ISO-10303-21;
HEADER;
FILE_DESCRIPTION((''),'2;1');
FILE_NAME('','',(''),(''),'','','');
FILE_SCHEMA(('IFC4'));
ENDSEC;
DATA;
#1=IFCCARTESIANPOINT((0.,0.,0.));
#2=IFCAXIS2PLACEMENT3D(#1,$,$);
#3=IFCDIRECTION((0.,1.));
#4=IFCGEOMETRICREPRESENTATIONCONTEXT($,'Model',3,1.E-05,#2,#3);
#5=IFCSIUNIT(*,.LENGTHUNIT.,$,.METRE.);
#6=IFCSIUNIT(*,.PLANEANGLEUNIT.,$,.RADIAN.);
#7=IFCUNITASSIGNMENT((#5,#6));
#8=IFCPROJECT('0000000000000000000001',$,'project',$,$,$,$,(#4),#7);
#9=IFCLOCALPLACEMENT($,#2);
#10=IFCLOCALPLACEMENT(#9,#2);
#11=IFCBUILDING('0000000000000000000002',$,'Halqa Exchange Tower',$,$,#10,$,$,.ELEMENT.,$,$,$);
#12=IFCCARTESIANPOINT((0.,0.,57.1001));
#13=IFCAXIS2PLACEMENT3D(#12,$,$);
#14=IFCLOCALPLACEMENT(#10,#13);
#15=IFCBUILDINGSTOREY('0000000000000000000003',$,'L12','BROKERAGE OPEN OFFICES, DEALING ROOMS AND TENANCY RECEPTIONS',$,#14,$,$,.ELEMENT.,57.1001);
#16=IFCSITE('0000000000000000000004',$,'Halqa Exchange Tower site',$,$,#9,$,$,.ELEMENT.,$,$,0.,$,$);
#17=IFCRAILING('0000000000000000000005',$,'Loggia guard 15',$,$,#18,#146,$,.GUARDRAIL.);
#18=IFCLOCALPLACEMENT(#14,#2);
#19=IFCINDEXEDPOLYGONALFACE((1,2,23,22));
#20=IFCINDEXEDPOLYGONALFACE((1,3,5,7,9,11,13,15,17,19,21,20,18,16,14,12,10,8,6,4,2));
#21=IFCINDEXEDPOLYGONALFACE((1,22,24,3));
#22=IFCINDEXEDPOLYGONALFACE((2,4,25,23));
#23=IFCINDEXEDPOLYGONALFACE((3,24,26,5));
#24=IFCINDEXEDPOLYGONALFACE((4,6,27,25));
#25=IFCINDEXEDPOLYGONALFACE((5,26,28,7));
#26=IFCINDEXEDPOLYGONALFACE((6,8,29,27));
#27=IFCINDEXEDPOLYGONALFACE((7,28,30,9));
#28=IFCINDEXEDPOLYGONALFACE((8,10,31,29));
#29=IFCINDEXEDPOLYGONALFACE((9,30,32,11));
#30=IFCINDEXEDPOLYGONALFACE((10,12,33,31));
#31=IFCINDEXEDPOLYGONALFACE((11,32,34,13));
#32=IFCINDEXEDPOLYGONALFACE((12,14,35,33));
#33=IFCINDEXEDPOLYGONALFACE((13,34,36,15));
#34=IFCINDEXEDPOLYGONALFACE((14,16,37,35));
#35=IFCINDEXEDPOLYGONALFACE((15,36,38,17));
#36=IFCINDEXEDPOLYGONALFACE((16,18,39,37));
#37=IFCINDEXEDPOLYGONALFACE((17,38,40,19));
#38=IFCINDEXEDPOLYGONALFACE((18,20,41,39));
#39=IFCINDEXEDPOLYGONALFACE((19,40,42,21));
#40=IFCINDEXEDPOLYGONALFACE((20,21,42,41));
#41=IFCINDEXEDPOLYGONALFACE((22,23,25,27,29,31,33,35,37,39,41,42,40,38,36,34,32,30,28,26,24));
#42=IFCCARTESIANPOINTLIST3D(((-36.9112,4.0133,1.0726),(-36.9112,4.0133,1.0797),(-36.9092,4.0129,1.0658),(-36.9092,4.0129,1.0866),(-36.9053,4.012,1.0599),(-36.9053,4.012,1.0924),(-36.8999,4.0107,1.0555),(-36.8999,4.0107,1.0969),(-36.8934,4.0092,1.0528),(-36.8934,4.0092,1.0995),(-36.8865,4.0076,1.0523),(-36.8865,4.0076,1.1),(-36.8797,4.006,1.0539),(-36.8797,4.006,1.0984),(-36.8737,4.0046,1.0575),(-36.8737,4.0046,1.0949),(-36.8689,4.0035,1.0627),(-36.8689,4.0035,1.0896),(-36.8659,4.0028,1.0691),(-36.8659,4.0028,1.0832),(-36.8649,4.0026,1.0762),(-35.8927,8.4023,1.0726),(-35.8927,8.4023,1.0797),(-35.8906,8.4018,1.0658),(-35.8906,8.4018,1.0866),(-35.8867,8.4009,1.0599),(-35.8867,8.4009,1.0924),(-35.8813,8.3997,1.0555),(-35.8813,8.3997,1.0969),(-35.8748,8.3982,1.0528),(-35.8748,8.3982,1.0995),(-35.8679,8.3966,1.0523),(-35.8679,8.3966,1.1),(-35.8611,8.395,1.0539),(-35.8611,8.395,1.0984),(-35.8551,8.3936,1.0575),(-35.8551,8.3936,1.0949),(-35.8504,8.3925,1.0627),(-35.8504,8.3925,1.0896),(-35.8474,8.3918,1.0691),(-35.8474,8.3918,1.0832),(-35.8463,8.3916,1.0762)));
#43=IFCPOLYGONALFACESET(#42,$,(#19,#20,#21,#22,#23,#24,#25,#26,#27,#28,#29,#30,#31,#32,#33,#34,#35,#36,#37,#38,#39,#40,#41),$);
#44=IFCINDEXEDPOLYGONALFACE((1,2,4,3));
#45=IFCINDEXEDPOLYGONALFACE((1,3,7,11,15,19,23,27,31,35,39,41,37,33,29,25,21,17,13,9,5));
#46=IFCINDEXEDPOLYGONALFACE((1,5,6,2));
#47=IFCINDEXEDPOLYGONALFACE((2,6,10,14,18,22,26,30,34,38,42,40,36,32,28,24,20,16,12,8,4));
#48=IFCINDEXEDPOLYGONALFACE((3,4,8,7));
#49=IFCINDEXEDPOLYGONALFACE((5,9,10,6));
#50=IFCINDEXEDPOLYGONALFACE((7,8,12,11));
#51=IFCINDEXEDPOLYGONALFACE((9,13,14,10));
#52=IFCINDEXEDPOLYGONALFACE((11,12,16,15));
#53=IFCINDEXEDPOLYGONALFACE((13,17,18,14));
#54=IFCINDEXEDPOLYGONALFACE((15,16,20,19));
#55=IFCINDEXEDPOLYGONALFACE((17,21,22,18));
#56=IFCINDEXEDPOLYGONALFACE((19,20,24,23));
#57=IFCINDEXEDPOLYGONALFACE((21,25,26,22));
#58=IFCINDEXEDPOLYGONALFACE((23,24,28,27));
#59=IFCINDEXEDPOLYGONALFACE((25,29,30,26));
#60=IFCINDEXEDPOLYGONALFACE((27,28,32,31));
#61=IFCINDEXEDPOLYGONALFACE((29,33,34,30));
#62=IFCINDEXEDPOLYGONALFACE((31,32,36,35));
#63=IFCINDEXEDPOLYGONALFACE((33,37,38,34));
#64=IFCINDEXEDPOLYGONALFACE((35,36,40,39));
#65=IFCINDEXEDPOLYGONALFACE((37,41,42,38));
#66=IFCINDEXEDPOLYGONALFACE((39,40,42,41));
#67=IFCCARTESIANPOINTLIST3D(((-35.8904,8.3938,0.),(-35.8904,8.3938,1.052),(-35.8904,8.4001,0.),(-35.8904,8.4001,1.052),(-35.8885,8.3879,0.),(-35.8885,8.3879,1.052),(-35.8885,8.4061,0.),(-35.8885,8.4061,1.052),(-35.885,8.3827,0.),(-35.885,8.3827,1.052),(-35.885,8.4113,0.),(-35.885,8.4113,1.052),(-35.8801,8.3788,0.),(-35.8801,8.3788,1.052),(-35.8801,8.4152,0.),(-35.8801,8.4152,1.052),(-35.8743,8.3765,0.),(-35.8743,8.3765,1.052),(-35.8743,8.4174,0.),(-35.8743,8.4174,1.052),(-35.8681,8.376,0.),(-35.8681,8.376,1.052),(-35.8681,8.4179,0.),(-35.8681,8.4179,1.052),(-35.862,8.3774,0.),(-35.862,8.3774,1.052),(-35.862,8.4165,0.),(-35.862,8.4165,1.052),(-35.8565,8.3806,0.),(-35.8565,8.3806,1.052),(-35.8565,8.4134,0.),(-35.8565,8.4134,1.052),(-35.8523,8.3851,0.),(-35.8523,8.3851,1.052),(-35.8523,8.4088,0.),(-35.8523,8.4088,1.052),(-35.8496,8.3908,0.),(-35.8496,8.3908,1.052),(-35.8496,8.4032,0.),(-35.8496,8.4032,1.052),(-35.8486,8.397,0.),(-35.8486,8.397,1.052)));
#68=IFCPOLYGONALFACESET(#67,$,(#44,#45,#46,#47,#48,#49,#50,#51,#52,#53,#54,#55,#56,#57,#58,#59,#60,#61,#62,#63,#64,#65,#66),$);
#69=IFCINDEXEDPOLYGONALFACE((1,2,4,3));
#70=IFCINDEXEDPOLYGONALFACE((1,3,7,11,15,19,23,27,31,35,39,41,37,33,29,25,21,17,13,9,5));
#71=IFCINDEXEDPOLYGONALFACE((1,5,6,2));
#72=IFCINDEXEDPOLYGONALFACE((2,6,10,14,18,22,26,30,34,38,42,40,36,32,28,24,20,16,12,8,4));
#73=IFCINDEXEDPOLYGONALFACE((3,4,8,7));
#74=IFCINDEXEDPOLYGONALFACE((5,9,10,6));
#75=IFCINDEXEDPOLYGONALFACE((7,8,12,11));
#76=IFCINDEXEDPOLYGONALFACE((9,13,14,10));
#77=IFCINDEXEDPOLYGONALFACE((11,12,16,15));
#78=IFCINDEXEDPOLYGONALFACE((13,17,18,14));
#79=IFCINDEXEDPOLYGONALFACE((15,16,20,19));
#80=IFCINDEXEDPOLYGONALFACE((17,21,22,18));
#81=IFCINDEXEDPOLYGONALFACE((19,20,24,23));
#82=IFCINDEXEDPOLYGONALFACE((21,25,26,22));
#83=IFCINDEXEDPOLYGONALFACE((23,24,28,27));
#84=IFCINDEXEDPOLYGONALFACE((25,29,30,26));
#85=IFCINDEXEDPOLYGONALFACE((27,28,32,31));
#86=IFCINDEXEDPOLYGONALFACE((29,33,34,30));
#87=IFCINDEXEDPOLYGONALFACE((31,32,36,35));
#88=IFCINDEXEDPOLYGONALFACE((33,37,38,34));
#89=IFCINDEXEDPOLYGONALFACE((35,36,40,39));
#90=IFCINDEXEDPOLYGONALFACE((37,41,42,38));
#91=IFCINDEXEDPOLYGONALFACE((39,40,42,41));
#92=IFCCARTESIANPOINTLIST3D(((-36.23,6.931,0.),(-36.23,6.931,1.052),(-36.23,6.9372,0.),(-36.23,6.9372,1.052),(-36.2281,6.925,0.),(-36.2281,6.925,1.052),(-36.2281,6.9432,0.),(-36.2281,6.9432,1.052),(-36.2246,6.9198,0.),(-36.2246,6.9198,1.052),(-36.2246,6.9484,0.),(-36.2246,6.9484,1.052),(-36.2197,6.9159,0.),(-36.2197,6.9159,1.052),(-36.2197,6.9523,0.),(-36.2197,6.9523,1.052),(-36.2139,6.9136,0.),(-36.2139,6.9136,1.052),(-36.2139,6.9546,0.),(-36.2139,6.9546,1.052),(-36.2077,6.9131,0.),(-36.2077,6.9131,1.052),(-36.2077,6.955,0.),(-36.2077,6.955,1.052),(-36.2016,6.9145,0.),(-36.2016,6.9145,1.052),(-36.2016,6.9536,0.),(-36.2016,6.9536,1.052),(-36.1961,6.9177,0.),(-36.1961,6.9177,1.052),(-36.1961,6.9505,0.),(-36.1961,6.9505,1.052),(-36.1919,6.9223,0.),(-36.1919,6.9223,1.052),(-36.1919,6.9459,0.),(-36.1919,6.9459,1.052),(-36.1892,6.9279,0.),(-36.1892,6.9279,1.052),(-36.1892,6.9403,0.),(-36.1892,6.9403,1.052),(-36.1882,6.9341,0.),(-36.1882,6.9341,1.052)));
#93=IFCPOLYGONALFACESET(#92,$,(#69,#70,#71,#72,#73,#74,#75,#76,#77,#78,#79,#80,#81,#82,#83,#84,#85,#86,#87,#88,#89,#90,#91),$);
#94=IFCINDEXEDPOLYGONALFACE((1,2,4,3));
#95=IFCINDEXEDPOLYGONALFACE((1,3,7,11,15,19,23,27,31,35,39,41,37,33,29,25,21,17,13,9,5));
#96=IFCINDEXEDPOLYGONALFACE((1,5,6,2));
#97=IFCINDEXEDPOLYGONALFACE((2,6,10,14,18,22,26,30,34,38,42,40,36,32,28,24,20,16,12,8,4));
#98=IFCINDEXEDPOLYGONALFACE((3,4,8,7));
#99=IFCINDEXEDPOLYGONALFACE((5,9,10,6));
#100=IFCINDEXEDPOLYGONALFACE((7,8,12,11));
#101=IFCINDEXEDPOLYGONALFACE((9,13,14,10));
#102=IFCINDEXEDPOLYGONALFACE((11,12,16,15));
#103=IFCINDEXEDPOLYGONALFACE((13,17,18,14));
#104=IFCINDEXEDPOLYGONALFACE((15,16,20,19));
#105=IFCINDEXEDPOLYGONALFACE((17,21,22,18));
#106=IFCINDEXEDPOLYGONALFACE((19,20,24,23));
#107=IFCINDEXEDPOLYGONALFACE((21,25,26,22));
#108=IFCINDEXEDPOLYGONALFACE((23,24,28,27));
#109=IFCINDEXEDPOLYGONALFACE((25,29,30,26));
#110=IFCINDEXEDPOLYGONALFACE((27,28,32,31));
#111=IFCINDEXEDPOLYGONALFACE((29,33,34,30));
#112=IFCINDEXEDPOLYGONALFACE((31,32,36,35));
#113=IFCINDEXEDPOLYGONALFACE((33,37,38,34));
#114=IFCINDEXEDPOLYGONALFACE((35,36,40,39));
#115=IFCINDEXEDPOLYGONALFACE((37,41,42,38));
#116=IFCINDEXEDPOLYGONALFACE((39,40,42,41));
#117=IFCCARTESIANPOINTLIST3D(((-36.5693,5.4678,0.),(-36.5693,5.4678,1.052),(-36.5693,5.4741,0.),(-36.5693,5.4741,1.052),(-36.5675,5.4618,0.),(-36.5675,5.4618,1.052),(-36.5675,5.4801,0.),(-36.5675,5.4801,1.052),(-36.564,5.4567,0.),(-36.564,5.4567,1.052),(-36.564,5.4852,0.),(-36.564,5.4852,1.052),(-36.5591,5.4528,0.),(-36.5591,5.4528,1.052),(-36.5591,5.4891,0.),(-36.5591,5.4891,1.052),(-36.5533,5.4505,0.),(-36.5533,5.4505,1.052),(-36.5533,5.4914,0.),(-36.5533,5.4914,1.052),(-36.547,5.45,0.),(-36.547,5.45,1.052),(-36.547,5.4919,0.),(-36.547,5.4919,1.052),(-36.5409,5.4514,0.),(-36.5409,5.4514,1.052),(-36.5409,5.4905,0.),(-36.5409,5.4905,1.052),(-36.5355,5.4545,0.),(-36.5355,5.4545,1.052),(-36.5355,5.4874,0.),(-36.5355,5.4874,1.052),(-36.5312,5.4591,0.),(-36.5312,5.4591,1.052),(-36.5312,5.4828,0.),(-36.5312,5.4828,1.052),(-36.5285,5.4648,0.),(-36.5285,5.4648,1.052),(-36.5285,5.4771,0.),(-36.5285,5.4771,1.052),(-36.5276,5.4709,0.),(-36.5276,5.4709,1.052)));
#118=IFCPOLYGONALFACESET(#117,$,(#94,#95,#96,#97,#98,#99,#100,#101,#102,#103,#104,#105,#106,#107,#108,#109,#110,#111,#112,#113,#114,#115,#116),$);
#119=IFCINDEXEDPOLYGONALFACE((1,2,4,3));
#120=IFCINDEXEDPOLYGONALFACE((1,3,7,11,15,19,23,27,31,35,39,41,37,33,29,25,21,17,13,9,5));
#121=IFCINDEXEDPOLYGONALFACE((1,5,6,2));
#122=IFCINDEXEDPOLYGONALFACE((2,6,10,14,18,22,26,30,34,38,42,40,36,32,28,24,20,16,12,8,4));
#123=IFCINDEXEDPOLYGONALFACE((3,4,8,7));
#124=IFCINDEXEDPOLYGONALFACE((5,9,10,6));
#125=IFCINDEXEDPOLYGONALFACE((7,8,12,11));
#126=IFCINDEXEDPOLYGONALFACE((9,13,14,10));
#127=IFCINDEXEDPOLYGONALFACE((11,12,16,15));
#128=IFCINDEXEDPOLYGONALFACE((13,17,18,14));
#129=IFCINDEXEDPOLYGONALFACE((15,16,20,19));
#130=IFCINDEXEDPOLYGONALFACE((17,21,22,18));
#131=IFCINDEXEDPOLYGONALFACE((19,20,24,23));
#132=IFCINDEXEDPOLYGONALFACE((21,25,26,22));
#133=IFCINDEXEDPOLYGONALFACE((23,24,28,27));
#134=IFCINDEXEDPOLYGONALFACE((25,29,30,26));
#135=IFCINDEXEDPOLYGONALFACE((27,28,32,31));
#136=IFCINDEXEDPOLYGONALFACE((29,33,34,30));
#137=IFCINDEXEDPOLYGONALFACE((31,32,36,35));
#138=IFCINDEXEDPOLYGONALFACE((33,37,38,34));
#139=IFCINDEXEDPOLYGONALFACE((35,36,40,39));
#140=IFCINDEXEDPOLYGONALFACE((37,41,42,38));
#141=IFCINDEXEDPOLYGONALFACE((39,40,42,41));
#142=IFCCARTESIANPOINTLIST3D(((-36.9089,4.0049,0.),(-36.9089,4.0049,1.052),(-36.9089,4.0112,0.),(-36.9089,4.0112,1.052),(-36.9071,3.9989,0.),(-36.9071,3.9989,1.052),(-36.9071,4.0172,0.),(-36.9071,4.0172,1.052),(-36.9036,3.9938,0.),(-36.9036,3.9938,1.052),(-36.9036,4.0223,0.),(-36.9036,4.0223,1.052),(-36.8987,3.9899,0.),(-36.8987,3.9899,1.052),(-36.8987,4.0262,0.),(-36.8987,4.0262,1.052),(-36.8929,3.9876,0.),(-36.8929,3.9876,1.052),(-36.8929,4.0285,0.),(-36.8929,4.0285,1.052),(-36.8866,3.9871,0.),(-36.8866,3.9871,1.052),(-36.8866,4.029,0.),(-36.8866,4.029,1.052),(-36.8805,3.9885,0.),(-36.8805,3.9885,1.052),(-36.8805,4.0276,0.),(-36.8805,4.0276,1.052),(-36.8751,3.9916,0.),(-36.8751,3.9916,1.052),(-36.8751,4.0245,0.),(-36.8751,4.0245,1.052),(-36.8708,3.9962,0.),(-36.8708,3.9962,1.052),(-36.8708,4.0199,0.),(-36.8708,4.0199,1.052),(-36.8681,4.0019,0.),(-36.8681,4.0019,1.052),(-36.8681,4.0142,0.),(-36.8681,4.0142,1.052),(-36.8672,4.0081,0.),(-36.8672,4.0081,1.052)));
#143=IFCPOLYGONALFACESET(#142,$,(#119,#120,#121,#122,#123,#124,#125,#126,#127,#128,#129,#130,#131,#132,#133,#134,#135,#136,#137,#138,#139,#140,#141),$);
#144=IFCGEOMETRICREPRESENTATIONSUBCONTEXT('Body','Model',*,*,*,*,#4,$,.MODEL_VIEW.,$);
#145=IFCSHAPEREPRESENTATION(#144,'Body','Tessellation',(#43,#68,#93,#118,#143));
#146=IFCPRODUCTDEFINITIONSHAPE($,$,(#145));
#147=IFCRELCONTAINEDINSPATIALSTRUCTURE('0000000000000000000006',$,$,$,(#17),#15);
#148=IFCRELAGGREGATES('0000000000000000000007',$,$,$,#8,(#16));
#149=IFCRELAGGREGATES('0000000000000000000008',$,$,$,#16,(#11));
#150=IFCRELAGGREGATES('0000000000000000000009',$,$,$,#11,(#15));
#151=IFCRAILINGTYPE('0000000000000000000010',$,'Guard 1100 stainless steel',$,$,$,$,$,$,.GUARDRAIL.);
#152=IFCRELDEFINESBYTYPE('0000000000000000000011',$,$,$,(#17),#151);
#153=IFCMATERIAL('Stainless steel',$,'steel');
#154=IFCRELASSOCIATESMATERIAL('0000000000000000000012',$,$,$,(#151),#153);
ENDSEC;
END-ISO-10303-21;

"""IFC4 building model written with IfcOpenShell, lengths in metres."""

from ifc_helpers import new_model, si_unit, direction, frame, origin, origin_2d, place, context, subcontext, project, spatial, circle, extrude, material, type_object, element, save


model = new_model("IFC4")

# Units and contexts
model_context = context("Model", 3, precision=1e-05, world=origin(), true_north=direction((0.0, 1.0)))
body_context = subcontext(model_context, "Body", "Model", "MODEL_VIEW")
ifc_project = project(units=[si_unit("LENGTHUNIT", "METRE"), si_unit("PLANEANGLEUNIT", "RADIAN")], contexts=[model_context])

# Site, building, storey
site_placement = place(None, origin())
site = spatial("IfcSite", under=ifc_project, at=site_placement, Name="Halqa Exchange Tower site", CompositionType="ELEMENT", RefElevation=0.0)
building_placement = place(site_placement, origin())
building = spatial("IfcBuilding", under=site, at=building_placement, Name="Halqa Exchange Tower", CompositionType="ELEMENT")
storey_placement = place(building_placement, frame((0.0, 0.0, 57.1001)))
storey = spatial("IfcBuildingStorey", under=building, at=storey_placement, Name="L12", Description="BROKERAGE OPEN OFFICES, DEALING ROOMS AND TENANCY RECEPTIONS", CompositionType="ELEMENT", Elevation=57.1001)

# Railing
ifc_material_1 = material(Name="Stainless steel", Category="steel")
railing_type = type_object("IfcRailingType", Name="Guard 1100 stainless steel", PredefinedType="GUARDRAIL", material=ifc_material_1)
railing_1_placement = place(storey_placement, frame((-35.8696, 8.397, 0.0)))
element("IfcRailing", 1, at=railing_1_placement, inside=storey, type_object=railing_type, Name="Loggia guard 15", PredefinedType="GUARDRAIL", context=body_context, shape_type="SweptSolid", body=[
    extrude(circle(Radius=0.0239, at=origin_2d()), frame((0.0, 0.0, 1.0762), z_axis=(-0.226066, -0.974112, 0.0), x_axis=(0.974112, -0.226066, 0.0)), (0.0, 0.0, 1.0), 4.5056),
    extrude(circle(Radius=0.021, at=origin_2d()), origin(), (0.0, 0.0, 1.0), 1.052),
    extrude(circle(Radius=0.021, at=origin_2d()), frame((-0.3396, -1.4629, 0.0)), (0.0, 0.0, 1.0), 1.052),
    extrude(circle(Radius=0.021, at=origin_2d()), frame((-0.679, -2.926, 0.0)), (0.0, 0.0, 1.0), 1.052),
    extrude(circle(Radius=0.021, at=origin_2d()), frame((-1.0186, -4.3889, 0.0)), (0.0, 0.0, 1.0), 1.052),
])

save(model, "model.ifc")
